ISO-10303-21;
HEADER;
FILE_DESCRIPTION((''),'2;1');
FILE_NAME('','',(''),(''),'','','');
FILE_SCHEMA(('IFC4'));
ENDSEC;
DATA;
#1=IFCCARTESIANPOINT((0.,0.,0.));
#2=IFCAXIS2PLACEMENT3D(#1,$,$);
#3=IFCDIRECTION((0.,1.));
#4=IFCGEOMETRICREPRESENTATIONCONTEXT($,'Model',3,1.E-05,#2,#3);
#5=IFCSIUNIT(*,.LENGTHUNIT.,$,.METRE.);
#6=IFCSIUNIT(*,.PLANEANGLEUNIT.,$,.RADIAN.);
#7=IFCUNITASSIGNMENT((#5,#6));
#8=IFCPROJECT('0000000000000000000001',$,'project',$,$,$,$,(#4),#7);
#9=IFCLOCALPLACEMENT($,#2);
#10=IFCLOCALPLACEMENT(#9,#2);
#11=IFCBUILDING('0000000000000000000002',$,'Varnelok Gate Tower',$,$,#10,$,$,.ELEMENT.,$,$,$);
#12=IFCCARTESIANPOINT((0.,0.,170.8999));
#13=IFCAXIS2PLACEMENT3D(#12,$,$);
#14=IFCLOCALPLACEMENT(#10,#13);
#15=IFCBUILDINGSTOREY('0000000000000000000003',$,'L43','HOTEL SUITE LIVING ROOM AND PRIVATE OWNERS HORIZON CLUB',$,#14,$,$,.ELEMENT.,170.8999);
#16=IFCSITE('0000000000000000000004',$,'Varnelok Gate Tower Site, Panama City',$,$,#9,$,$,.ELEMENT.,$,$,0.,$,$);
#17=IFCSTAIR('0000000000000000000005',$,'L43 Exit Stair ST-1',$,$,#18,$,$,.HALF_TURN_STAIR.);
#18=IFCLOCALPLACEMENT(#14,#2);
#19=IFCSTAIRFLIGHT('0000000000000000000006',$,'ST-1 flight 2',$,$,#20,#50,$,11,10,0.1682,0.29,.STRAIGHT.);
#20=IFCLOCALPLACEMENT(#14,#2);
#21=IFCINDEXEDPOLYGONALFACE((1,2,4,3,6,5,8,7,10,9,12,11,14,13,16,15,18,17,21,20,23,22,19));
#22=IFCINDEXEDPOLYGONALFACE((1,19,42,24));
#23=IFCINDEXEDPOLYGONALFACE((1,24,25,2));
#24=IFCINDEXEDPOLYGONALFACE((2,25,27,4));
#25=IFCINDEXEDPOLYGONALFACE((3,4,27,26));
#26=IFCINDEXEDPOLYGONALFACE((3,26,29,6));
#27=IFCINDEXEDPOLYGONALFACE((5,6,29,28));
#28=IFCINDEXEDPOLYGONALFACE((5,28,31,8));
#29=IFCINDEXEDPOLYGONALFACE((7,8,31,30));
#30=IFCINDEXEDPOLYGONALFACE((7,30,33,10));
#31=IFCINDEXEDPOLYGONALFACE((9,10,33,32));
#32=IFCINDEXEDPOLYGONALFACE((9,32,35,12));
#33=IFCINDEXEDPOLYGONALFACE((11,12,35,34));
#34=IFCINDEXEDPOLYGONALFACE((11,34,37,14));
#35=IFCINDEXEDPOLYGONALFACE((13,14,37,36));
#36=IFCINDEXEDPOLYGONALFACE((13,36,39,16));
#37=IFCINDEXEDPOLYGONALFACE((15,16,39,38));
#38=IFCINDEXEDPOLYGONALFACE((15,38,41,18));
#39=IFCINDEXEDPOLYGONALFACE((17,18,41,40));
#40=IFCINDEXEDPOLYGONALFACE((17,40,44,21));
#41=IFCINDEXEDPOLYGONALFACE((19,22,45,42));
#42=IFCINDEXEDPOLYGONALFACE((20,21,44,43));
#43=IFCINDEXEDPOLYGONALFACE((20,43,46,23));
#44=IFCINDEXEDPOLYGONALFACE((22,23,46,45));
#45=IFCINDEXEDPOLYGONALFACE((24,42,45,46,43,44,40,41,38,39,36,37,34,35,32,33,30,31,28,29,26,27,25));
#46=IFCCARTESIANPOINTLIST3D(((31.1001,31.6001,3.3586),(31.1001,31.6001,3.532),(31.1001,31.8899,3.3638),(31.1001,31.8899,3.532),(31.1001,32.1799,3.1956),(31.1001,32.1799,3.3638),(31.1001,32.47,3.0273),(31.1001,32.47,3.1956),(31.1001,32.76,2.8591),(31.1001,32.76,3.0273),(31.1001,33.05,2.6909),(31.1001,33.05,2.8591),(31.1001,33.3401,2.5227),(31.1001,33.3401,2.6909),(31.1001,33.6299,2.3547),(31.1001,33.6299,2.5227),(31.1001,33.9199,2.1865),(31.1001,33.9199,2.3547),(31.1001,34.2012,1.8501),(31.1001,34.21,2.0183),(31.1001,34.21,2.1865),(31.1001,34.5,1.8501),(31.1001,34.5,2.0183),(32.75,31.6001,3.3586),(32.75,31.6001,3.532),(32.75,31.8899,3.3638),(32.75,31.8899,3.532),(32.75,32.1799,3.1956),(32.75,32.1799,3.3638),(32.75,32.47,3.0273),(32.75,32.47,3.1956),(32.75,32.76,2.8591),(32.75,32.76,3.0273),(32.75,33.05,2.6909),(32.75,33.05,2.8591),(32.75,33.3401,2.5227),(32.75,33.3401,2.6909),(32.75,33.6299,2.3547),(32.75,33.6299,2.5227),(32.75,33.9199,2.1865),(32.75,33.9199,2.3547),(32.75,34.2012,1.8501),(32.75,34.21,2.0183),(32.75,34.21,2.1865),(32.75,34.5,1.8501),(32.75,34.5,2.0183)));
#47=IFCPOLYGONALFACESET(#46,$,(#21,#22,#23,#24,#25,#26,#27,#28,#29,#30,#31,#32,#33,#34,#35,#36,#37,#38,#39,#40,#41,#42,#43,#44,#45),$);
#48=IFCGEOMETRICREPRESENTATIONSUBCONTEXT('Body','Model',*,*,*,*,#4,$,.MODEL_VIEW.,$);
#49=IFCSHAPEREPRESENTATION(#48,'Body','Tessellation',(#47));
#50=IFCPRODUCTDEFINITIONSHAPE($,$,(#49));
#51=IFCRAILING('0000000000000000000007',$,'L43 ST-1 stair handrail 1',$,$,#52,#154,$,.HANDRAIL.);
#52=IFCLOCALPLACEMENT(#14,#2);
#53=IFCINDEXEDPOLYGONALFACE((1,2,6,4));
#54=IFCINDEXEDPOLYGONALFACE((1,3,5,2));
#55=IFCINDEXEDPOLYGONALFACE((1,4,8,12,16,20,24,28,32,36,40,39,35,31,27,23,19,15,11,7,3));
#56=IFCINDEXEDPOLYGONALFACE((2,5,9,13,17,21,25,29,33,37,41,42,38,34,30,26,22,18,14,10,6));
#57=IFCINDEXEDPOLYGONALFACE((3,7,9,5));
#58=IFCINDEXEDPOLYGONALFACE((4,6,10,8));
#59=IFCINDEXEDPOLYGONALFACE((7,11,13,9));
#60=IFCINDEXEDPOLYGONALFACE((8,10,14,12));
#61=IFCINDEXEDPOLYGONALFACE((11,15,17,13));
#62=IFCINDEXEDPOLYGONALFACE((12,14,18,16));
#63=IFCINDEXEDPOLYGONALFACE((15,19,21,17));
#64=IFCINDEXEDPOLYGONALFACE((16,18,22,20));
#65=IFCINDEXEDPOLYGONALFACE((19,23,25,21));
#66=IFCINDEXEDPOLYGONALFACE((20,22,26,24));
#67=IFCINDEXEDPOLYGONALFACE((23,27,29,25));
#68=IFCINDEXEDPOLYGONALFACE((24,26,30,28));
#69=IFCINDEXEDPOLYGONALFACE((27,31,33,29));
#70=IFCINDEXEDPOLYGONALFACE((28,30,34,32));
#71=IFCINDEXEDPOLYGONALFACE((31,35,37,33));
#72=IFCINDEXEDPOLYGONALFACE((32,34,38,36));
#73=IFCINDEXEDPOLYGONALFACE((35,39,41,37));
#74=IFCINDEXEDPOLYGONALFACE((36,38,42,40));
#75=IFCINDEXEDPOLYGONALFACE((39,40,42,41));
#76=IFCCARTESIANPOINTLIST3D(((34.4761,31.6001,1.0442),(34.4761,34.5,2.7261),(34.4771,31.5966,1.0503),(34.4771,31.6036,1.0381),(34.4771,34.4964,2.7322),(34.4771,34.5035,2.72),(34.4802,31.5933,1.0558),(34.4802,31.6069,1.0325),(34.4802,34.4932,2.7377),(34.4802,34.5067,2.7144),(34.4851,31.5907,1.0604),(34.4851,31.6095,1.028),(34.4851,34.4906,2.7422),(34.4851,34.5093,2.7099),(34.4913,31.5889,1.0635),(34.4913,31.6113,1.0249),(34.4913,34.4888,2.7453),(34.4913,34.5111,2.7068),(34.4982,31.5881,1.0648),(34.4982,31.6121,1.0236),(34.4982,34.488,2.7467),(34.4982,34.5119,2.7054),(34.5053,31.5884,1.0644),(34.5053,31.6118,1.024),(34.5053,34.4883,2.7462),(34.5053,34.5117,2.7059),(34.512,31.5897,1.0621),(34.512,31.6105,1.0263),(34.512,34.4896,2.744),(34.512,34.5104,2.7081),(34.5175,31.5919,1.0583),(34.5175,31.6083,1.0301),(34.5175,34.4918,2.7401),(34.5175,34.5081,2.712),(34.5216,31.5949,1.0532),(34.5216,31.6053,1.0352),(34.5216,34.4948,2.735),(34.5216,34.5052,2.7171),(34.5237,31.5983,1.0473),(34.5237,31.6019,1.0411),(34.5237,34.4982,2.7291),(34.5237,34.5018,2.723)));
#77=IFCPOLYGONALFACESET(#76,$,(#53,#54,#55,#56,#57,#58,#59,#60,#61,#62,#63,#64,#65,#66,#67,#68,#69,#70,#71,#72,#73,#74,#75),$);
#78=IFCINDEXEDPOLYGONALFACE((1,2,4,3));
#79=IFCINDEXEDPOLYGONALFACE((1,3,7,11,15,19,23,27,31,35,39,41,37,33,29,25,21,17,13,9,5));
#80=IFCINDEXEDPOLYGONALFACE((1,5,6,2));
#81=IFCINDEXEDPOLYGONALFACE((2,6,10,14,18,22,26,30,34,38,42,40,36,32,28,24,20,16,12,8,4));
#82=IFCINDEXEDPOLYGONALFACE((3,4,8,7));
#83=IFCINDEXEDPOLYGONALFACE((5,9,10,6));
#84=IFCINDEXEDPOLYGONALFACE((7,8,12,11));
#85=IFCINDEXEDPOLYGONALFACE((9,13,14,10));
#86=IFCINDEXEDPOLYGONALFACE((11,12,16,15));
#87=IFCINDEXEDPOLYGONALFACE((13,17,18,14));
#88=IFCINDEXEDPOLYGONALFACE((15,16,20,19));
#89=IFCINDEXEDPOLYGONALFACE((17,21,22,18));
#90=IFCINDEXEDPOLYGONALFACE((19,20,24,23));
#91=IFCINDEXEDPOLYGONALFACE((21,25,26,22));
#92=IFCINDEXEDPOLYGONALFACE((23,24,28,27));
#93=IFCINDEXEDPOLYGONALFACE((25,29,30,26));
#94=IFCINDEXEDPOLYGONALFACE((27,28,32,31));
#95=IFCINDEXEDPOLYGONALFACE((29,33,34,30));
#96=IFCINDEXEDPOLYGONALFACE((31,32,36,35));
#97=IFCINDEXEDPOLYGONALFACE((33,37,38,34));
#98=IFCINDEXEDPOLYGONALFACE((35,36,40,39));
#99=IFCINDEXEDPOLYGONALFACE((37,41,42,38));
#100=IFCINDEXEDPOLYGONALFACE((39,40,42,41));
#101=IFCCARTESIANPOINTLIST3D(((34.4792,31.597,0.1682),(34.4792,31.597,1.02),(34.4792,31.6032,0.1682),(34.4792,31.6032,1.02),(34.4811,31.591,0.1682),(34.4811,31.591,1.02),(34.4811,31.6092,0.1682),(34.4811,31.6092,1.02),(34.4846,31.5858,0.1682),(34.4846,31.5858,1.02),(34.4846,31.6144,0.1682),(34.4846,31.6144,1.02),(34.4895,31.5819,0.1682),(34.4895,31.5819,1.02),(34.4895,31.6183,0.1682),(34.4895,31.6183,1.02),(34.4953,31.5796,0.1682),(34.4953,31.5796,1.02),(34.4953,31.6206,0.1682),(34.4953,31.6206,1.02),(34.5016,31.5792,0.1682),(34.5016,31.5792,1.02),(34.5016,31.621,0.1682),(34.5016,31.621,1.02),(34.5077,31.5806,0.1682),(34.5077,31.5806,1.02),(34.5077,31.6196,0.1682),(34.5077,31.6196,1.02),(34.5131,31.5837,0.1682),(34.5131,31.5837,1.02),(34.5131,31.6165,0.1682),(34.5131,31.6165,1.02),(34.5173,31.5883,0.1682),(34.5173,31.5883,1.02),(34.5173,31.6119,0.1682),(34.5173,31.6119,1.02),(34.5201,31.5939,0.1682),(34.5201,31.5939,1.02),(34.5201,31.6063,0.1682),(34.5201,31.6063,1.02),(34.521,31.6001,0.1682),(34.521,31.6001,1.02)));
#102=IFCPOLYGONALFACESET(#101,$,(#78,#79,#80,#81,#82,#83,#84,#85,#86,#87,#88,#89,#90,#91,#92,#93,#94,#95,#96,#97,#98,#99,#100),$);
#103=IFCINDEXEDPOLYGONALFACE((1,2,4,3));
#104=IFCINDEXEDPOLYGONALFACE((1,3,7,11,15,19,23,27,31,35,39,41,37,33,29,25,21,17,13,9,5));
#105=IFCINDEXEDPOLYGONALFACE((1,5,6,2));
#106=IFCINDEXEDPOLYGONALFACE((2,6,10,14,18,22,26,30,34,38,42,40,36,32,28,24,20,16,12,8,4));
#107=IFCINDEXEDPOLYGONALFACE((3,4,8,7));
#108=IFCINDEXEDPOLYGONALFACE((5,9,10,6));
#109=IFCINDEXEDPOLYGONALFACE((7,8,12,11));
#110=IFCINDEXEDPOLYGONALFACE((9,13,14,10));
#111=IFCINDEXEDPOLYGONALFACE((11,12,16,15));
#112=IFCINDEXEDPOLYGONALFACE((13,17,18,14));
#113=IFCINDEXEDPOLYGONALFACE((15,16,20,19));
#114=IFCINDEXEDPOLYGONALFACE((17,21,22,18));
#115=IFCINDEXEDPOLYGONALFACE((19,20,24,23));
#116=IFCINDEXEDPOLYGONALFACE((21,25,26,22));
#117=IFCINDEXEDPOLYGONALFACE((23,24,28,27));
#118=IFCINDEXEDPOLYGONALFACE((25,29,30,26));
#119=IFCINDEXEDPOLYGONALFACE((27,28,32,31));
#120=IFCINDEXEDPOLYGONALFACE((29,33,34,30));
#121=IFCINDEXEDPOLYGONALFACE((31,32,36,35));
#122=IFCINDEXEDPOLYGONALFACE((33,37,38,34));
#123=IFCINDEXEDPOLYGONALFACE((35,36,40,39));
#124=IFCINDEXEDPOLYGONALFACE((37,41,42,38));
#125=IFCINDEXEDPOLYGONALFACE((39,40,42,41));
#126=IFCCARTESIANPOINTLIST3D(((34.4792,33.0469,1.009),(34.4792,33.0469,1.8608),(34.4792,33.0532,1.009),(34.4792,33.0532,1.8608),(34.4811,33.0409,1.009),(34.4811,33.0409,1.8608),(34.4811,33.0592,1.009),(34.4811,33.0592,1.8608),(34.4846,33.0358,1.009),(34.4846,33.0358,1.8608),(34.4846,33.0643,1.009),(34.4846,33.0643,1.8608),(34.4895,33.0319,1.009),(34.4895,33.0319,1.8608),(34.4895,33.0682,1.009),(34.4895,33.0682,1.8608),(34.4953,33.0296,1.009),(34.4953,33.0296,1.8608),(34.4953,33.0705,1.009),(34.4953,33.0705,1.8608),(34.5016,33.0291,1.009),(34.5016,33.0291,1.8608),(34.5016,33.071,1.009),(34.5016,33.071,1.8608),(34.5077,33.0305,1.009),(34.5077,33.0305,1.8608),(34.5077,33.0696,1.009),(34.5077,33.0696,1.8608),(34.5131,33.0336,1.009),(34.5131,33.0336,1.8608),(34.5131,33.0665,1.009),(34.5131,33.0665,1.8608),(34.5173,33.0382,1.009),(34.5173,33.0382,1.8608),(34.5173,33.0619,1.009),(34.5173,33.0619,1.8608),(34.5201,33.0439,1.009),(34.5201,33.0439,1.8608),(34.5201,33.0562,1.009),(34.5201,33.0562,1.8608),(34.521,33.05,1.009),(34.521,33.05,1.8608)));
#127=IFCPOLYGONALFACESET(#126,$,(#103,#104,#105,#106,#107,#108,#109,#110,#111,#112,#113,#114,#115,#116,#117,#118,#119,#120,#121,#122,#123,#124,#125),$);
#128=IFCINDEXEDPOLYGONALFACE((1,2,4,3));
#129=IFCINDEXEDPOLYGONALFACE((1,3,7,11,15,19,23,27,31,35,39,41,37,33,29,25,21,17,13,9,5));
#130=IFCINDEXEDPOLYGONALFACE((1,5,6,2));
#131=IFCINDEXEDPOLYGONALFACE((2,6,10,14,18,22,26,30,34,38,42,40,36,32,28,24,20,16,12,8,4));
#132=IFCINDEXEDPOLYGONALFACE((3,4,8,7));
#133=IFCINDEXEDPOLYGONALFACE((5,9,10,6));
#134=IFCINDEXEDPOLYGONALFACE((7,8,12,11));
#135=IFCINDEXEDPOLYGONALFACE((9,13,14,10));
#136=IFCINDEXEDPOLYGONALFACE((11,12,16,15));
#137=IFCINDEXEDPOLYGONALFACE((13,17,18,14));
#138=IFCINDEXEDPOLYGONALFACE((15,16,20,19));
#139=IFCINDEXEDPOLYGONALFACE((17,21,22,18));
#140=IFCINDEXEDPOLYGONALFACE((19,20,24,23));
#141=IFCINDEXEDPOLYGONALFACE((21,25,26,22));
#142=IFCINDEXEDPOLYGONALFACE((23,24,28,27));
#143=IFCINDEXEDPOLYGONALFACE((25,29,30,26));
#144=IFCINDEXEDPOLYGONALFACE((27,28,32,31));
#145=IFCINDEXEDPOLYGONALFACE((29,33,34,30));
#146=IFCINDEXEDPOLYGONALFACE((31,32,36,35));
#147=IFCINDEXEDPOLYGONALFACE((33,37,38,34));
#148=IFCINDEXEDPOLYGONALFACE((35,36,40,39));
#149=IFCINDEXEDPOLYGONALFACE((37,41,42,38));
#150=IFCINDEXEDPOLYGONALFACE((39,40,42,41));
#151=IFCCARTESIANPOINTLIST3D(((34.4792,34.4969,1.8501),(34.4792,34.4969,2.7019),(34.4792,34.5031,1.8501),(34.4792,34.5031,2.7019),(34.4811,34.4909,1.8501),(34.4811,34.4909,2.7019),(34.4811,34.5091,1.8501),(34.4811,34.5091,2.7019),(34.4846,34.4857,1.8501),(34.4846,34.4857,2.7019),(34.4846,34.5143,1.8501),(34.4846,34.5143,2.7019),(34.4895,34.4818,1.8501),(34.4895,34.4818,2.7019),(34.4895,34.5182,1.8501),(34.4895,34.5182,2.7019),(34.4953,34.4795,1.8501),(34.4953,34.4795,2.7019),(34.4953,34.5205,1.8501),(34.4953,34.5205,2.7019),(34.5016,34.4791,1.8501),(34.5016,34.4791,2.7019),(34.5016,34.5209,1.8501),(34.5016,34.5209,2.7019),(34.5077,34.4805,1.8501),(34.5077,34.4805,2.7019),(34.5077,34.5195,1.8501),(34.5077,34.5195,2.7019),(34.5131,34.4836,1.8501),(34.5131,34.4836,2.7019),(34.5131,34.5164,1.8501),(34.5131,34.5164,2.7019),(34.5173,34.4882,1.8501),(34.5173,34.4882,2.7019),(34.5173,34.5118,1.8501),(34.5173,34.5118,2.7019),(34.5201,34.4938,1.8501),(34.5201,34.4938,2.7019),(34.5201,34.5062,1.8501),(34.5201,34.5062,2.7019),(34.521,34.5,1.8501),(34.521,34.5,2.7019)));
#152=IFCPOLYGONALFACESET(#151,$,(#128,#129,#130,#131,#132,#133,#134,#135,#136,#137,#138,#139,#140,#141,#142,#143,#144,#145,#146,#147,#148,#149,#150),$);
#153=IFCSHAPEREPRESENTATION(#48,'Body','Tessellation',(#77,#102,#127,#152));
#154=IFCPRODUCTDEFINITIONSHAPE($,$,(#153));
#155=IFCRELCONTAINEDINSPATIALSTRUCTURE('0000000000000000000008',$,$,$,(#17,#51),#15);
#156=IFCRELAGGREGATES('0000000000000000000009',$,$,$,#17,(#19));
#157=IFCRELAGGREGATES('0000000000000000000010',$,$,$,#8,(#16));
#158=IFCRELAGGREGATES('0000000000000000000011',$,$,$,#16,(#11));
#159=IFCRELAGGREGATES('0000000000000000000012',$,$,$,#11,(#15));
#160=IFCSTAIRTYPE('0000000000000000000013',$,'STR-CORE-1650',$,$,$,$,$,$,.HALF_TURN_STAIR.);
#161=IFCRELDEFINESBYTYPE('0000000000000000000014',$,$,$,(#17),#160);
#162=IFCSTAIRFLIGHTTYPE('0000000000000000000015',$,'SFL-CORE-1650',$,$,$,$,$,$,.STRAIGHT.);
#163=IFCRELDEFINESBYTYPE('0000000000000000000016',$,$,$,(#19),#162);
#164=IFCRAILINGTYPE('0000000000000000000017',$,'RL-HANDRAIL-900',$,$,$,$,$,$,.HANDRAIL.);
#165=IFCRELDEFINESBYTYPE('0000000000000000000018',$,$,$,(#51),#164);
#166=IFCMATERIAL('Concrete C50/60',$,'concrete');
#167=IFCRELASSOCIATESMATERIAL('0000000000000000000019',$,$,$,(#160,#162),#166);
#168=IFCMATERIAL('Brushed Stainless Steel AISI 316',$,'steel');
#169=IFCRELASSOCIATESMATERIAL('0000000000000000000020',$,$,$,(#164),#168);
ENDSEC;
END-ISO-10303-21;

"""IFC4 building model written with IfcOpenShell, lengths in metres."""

from ifc_helpers import new_model, si_unit, direction, frame, origin, origin_2d, place, context, subcontext, project, spatial, polyline, circle, outline, extrude, material, type_object, element, aggregate, save


model = new_model("IFC4")

# Units and contexts
model_context = context("Model", 3, precision=1e-05, world=origin(), true_north=direction((0.0, 1.0)))
body_context = subcontext(model_context, "Body", "Model", "MODEL_VIEW")
ifc_project = project(units=[si_unit("LENGTHUNIT", "METRE"), si_unit("PLANEANGLEUNIT", "RADIAN")], contexts=[model_context])

# Site, building, storey
site_placement = place(None, origin())
site = spatial("IfcSite", under=ifc_project, at=site_placement, Name="Varnelok Gate Tower Site, Panama City", CompositionType="ELEMENT", RefElevation=0.0)
building_placement = place(site_placement, origin())
building = spatial("IfcBuilding", under=site, at=building_placement, Name="Varnelok Gate Tower", CompositionType="ELEMENT")
storey_placement = place(building_placement, frame((0.0, 0.0, 170.8999)))
storey = spatial("IfcBuildingStorey", under=building, at=storey_placement, Name="L43", Description="HOTEL SUITE LIVING ROOM AND PRIVATE OWNERS HORIZON CLUB", CompositionType="ELEMENT", Elevation=170.8999)

# Stair, stair flight
ifc_material_1 = material(Name="Concrete C50/60", Category="concrete")
stair_type = type_object("IfcStairType", Name="STR-CORE-1650", PredefinedType="HALF_TURN_STAIR", material=ifc_material_1)
stair_placement = place(storey_placement, origin())
stair = element("IfcStair", 1, at=stair_placement, inside=storey, type_object=stair_type, Name="L43 Exit Stair ST-1", PredefinedType="HALF_TURN_STAIR")
stair_flight_type = type_object("IfcStairFlightType", Name="SFL-CORE-1650", PredefinedType="STRAIGHT", material=ifc_material_1)
stair_flight_1_placement = place(storey_placement, frame((31.925, 34.5, 1.8501), z_axis=(0.0, 0.0, 1.0), x_axis=(0.0, -1.0, 0.0)))
stair_flight_1 = element("IfcStairFlight", 2, at=stair_flight_1_placement, type_object=stair_flight_type, Name="ST-1 flight 2", NumberOfRisers=11, NumberOfTreads=10, PredefinedType="STRAIGHT", RiserHeight=0.1682, TreadLength=0.29, context=body_context, shape_type="SweptSolid", body=[
    extrude(outline(polyline([(0.0, 0.0), (0.0, 0.1682), (0.29, 0.1682), (0.29, 0.3364), (0.5801, 0.3364), (0.5801, 0.5046), (0.8701, 0.5046), (0.8701, 0.6726), (1.1599, 0.6726), (1.1599, 0.8408), (1.45, 0.8408), (1.45, 1.009), (1.74, 1.009), (1.74, 1.1772), (2.03, 1.1772), (2.03, 1.3455), (2.3201, 1.3455), (2.3201, 1.5137), (2.6101, 1.5137), (2.6101, 1.6819), (2.8999, 1.6819), (2.8999, 1.8501), (2.8999, 1.5085), (0.2988, 0.0), (0.0, 0.0)])), frame((0.0, 0.825, 0.0), z_axis=(0.0, -1.0, 0.0), x_axis=(1.0, 0.0, 0.0)), (0.0, 0.0, 1.0), 1.6499),
])
aggregate(stair, [stair_flight_1])

# Railing
ifc_material_2 = material(Name="Brushed Stainless Steel AISI 316", Category="steel")
railing_type_1 = type_object("IfcRailingType", Name="RL-HANDRAIL-900", PredefinedType="HANDRAIL", material=ifc_material_2)
railing_1_placement = place(storey_placement, frame((34.5, 31.6001, 0.1682)))
element("IfcRailing", 3, at=railing_1_placement, inside=storey, type_object=railing_type_1, Name="L43 ST-1 stair handrail 1", PredefinedType="HANDRAIL", context=body_context, shape_type="SweptSolid", body=[
    extrude(circle(Radius=0.0239, at=origin_2d()), frame((0.0, 0.0, 0.876), z_axis=(0.0, 0.865039, 0.501705), x_axis=(-1.0, 0.0, 0.0)), (0.0, 0.0, 1.0), 3.3523),
    extrude(circle(Radius=0.021, at=origin_2d()), origin(), (0.0, 0.0, 1.0), 0.8518),
    extrude(circle(Radius=0.021, at=origin_2d()), frame((0.0, 1.45, 0.8408)), (0.0, 0.0, 1.0), 0.8518),
    extrude(circle(Radius=0.021, at=origin_2d()), frame((0.0, 2.8999, 1.6819)), (0.0, 0.0, 1.0), 0.8518),
])

save(model, "model.ifc")
